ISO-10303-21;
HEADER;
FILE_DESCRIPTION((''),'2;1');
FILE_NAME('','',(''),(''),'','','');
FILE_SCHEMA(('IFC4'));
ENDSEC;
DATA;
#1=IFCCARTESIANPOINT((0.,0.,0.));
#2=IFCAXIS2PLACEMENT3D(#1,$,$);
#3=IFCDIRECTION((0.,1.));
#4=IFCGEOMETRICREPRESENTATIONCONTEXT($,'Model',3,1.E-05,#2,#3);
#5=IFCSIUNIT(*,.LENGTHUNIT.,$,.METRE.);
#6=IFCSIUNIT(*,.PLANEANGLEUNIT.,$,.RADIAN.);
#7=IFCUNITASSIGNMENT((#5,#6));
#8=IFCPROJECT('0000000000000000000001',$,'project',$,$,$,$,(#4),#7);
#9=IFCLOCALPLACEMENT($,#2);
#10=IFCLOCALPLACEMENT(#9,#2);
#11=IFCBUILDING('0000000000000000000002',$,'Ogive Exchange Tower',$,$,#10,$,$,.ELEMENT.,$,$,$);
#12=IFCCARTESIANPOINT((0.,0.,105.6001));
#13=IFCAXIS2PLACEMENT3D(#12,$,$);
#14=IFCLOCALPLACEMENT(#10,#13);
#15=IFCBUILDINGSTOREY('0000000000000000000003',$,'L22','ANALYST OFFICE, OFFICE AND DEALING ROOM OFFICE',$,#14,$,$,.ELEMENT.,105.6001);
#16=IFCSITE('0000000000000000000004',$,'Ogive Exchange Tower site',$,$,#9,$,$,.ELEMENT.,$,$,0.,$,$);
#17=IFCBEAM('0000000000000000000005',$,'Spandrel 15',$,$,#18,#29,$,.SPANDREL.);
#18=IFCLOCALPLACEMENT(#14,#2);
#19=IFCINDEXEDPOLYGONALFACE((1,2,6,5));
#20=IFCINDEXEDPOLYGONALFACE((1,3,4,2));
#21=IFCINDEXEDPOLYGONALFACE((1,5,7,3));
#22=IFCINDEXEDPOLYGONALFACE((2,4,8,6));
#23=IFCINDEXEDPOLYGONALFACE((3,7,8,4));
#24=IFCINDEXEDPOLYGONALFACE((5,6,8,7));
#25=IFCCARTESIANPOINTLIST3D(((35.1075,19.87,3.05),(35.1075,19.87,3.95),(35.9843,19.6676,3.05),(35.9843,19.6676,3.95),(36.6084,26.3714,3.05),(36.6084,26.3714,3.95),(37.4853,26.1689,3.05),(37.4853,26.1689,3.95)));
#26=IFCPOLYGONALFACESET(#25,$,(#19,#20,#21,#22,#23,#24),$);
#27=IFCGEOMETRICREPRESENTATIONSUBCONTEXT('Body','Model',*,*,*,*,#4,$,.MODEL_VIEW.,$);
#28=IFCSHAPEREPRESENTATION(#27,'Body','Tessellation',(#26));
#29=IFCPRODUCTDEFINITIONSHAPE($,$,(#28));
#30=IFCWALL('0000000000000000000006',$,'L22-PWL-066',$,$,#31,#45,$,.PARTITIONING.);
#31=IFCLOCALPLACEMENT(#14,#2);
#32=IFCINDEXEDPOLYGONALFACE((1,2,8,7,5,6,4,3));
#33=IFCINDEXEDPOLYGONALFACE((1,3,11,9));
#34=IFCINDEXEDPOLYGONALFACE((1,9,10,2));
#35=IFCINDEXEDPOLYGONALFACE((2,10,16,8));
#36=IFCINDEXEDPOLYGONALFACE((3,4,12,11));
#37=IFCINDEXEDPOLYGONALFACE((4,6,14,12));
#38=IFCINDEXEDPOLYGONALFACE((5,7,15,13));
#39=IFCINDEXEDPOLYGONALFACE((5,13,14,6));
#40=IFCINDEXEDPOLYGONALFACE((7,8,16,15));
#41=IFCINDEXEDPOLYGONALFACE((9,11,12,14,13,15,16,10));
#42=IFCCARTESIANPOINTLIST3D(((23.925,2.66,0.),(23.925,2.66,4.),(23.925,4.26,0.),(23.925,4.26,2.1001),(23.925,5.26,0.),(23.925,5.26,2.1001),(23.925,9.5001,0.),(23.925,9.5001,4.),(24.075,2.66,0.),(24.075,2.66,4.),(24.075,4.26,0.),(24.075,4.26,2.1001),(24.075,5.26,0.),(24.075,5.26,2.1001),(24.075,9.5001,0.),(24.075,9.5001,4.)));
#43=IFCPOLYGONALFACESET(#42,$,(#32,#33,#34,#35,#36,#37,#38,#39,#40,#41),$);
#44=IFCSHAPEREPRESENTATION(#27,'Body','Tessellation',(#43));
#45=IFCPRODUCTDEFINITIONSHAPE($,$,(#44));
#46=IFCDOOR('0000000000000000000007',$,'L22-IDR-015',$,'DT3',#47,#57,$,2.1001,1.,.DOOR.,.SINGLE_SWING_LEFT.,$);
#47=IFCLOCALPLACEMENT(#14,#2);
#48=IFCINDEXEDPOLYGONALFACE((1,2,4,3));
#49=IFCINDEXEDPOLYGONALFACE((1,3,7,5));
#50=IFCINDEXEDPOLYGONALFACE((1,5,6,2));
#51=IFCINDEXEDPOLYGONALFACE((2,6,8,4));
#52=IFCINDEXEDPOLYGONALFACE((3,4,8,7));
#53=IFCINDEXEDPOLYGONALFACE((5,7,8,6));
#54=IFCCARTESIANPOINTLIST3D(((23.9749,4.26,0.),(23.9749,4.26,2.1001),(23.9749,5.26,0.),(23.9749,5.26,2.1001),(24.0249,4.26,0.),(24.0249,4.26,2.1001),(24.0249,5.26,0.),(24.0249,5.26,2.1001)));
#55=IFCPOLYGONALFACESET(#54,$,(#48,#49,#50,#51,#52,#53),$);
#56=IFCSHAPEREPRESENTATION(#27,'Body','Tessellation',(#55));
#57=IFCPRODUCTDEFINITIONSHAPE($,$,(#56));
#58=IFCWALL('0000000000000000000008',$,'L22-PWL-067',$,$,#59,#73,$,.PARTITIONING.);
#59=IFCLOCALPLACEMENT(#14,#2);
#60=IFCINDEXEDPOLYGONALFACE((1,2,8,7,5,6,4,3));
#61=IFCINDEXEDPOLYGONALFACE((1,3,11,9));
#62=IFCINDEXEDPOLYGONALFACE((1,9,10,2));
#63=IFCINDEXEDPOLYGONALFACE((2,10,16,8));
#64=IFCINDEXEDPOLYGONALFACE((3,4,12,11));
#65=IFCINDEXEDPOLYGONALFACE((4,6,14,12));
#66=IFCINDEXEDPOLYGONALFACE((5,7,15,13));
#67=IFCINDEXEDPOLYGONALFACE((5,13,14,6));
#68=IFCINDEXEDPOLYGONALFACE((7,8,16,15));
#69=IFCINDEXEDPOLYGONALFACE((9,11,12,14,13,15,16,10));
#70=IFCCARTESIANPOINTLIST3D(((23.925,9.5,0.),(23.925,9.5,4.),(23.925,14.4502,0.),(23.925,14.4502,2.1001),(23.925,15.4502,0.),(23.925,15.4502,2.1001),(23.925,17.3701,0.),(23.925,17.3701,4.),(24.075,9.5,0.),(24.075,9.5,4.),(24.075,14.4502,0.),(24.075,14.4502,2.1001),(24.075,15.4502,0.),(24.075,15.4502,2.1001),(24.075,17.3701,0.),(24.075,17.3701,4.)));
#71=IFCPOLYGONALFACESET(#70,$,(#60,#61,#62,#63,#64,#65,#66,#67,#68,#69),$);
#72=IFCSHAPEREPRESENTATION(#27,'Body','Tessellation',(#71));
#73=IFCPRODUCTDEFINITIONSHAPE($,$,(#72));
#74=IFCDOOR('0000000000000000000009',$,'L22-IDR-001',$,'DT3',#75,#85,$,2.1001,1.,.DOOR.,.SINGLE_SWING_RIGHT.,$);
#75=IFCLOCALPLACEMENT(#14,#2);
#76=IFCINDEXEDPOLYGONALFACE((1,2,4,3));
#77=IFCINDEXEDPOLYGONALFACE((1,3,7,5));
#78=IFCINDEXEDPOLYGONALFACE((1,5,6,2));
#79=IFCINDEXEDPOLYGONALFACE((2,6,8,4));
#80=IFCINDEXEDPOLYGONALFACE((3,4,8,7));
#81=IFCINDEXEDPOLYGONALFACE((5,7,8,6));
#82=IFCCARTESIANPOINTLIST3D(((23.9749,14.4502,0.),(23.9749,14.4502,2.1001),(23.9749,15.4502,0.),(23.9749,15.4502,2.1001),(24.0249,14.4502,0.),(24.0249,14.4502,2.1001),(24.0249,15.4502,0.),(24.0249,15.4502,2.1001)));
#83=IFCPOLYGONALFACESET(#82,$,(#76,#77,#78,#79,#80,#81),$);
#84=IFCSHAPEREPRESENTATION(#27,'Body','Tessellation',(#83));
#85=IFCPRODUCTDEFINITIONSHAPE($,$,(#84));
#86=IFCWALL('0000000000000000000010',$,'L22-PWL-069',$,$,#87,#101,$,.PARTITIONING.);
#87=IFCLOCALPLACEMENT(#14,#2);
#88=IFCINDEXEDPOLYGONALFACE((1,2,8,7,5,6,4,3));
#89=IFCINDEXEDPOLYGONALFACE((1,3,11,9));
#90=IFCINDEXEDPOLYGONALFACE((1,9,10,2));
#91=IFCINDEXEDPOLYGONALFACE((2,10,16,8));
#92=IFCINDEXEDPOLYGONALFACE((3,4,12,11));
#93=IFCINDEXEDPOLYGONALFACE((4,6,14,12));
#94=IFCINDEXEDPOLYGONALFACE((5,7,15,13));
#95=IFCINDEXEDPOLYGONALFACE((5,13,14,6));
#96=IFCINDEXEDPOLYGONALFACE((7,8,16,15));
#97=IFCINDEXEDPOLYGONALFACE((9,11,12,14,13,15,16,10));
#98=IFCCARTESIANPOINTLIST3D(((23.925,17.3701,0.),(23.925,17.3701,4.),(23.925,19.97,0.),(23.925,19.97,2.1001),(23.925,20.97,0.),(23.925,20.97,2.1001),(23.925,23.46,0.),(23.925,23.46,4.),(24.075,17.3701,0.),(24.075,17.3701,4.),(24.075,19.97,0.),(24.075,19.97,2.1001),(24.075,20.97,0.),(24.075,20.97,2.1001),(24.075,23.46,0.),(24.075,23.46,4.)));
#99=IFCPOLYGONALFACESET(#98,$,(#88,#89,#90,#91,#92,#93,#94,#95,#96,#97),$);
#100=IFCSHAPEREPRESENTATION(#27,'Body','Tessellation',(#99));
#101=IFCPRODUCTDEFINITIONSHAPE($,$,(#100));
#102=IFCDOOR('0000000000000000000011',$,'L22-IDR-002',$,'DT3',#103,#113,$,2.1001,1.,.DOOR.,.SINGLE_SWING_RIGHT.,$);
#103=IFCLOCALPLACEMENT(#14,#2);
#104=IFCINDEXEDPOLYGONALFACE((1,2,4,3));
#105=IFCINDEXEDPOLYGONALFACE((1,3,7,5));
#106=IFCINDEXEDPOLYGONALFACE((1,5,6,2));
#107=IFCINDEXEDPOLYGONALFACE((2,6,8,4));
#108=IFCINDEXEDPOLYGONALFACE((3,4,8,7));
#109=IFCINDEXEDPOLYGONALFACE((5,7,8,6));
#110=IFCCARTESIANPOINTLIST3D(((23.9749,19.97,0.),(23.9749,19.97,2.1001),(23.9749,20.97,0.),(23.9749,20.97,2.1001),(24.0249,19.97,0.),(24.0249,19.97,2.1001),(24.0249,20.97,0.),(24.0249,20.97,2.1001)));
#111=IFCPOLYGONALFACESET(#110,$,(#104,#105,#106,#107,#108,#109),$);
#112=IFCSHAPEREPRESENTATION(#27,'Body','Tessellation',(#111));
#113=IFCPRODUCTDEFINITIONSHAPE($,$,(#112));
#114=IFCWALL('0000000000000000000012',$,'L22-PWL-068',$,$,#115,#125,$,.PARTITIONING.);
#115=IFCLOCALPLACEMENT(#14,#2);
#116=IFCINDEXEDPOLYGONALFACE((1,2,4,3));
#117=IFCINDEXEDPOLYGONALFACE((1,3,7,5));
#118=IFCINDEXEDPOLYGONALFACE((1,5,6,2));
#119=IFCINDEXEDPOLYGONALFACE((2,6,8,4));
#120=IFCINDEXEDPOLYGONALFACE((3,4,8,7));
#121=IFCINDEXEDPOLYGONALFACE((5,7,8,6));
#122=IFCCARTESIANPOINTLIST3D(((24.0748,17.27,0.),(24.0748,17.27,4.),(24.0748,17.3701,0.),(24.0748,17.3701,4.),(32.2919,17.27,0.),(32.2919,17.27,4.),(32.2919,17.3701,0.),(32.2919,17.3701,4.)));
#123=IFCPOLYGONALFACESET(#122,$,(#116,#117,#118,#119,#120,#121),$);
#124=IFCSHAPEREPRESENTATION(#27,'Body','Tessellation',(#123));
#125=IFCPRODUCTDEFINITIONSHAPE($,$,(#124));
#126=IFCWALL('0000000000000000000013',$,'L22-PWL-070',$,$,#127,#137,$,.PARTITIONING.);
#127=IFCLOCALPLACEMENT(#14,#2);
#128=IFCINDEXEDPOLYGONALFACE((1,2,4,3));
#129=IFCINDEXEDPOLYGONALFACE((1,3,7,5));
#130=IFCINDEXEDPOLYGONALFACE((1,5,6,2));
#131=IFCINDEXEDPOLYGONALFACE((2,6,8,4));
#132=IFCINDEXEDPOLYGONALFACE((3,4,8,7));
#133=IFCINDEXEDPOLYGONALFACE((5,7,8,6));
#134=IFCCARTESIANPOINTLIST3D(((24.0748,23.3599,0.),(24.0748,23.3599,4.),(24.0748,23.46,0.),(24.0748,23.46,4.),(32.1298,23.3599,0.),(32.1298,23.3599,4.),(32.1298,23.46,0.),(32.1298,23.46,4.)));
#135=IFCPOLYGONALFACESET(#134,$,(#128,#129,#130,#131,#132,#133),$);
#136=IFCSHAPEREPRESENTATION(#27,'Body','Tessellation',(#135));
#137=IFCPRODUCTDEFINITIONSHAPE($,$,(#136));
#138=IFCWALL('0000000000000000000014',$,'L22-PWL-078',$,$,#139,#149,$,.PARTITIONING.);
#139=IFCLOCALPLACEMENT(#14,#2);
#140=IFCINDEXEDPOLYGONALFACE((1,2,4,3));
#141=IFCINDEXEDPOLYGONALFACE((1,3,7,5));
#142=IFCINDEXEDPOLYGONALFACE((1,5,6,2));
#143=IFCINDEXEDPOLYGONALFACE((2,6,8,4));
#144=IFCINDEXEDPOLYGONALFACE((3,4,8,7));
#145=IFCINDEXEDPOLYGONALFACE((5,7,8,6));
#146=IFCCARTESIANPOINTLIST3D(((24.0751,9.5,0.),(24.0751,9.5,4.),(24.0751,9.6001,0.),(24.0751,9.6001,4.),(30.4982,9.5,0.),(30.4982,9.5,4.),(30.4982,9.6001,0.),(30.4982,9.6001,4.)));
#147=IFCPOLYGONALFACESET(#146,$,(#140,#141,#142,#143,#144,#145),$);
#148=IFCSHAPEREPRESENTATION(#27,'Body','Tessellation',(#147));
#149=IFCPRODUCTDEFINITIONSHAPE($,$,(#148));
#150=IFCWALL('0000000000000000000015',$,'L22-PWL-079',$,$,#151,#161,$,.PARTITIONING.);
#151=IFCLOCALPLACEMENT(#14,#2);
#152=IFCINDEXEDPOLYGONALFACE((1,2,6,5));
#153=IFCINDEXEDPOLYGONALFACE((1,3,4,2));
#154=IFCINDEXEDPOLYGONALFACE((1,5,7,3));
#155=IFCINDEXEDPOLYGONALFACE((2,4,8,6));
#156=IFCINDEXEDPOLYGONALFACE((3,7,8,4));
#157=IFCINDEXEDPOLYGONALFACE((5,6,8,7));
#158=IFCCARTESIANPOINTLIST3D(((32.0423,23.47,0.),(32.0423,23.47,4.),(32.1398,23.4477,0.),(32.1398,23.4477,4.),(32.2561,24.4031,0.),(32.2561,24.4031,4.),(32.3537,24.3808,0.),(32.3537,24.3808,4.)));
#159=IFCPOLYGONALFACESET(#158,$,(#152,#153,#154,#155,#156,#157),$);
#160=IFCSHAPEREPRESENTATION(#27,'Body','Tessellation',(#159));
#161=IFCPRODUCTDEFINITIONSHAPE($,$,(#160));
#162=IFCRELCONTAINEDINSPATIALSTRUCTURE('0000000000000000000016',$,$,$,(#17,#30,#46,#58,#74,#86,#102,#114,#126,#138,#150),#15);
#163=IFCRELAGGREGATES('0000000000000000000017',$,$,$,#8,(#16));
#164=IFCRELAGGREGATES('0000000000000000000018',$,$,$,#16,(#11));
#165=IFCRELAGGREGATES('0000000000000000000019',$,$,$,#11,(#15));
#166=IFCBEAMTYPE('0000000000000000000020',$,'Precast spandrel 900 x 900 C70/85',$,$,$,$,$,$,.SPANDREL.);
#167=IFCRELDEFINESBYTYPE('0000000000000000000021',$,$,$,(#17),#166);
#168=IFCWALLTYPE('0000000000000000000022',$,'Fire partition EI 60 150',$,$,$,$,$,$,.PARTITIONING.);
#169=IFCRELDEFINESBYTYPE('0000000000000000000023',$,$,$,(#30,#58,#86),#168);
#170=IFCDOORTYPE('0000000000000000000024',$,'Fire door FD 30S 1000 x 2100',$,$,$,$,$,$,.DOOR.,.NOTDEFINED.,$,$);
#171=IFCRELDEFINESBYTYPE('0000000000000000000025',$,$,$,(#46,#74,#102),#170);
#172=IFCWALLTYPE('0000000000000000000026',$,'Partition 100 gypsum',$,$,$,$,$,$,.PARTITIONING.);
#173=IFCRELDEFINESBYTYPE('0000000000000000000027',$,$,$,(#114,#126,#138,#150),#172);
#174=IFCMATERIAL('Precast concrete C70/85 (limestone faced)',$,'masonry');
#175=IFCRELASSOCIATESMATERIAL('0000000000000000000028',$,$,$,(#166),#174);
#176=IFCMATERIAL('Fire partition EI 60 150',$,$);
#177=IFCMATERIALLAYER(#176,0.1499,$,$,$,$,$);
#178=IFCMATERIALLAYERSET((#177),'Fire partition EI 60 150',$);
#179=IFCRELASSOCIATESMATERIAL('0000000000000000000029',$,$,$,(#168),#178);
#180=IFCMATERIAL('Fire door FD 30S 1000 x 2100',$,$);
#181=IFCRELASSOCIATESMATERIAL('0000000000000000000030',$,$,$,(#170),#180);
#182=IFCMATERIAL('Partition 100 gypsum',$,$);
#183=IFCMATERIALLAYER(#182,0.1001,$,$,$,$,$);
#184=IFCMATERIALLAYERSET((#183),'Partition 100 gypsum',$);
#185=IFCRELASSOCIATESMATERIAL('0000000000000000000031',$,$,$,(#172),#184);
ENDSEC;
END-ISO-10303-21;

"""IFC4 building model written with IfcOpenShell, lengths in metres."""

from ifc_helpers import new_model, si_unit, direction, frame, frame_2d, origin, origin_2d, place, context, subcontext, project, spatial, rectangle, extrude, material, layer, layer_set, material_profile, profile_set, type_object, element, fill, save


model = new_model("IFC4")

# Units and contexts
model_context = context("Model", 3, precision=1e-05, world=origin(), true_north=direction((0.0, 1.0)))
body_context = subcontext(model_context, "Body", "Model", "MODEL_VIEW")
ifc_project = project(units=[si_unit("LENGTHUNIT", "METRE"), si_unit("PLANEANGLEUNIT", "RADIAN")], contexts=[model_context])

# Site, building, storey
site_placement = place(None, origin())
site = spatial("IfcSite", under=ifc_project, at=site_placement, Name="Ogive Exchange Tower site", CompositionType="ELEMENT", RefElevation=0.0)
building_placement = place(site_placement, origin())
building = spatial("IfcBuilding", under=site, at=building_placement, Name="Ogive Exchange Tower", CompositionType="ELEMENT")
storey_placement = place(building_placement, frame((0.0, 0.0, 105.6001)))
storey = spatial("IfcBuildingStorey", under=building, at=storey_placement, Name="L22", Description="ANALYST OFFICE, OFFICE AND DEALING ROOM OFFICE", CompositionType="ELEMENT", Elevation=105.6001)

# Shared definitions
ifc_material_1 = material(Name="Precast concrete C70/85 (limestone faced)", Category="masonry")

# Beam
ifc_material_profile_1 = material_profile(ifc_material_1, rectangle(XDim=0.8999, YDim=0.8999, at=origin_2d()), Name="900 x 900")
ifc_profile_set_1 = profile_set([ifc_material_profile_1], Name="Precast concrete C70/85 (limestone faced)")
beam_type_1 = type_object("IfcBeamType", Name="Precast spandrel 900 x 900 C70/85", PredefinedType="SPANDREL", material=ifc_profile_set_1)
for number, where, z_axis, x_axis, name in (
    (1, (35.5459, 19.7688, 3.5), (0.22495, 0.97437, 0.0), (-0.97437, 0.22495, 0.0), "Spandrel 15"),
):
    element("IfcBeam", number, at=place(storey_placement, frame(where, z_axis=z_axis, x_axis=x_axis)), inside=storey, type_object=beam_type_1, Name=name, PredefinedType="SPANDREL", context=body_context, shape_type="SweptSolid", body=[
        extrude(rectangle(XDim=0.8999, YDim=0.8999, at=origin_2d()), origin(), (0.0, 0.0, 1.0), 6.6724),
    ])

# Walls, openings, doors
ifc_material_2 = material(Name="Fire partition EI 60 150")
ifc_layer_1 = layer(ifc_material_2, 0.1499)
ifc_layer_set_1 = layer_set([ifc_layer_1], Name="Fire partition EI 60 150")
wall_type_1 = type_object("IfcWallType", Name="Fire partition EI 60 150", PredefinedType="PARTITIONING", material=ifc_layer_set_1)
wall_1_placement = place(storey_placement, frame((24.0, 9.5, 0.0), z_axis=(0.0, 0.0, 1.0), x_axis=(0.0, -1.0, 0.0)))
wall_1 = element("IfcWall", 2, at=wall_1_placement, inside=storey, type_object=wall_type_1, Name="L22-PWL-066", PredefinedType="PARTITIONING", context=body_context, shape_type="SweptSolid", body=[
    extrude(rectangle(XDim=6.8401, YDim=0.1499, at=frame_2d((3.4199, 0.0))), origin(), (0.0, 0.0, 1.0), 4.0),
])
opening_1_placement = place(wall_1_placement, frame((4.24, 0.0, 0.0)))
opening_1 = element("IfcOpeningElement", 3, at=opening_1_placement, cuts=wall_1, PredefinedType="OPENING", context=body_context, shape_type="SweptSolid", body=[
    extrude(rectangle(XDim=1.0, YDim=2.1001, at=frame_2d((0.5, 1.05))), frame((0.0, 0.085, 0.0), z_axis=(0.0, -1.0, 0.0), x_axis=(1.0, 0.0, 0.0)), (0.0, 0.0, 1.0), 0.1699),
])
ifc_material_3 = material(Name="Fire door FD 30S 1000 x 2100")
door_type = type_object("IfcDoorType", Name="Fire door FD 30S 1000 x 2100", OperationType="NOTDEFINED", PredefinedType="DOOR", material=ifc_material_3)
door_1_placement = place(opening_1_placement, origin())
door_1 = element("IfcDoor", 4, at=door_1_placement, inside=storey, type_object=door_type, Name="L22-IDR-015", ObjectType="DT3", OperationType="SINGLE_SWING_LEFT", OverallHeight=2.1001, OverallWidth=1.0, PredefinedType="DOOR", context=body_context, shape_type="SweptSolid", body=[
    extrude(rectangle(XDim=1.0, YDim=2.1001, at=frame_2d((0.5, 1.05))), frame((0.0, 0.0249, 0.0), z_axis=(0.0, -1.0, 0.0), x_axis=(1.0, 0.0, 0.0)), (0.0, 0.0, 1.0), 0.05),
])
fill(opening_1, door_1)
wall_2_placement = place(storey_placement, frame((24.0, 17.3701, 0.0), z_axis=(0.0, 0.0, 1.0), x_axis=(0.0, -1.0, 0.0)))
wall_2 = element("IfcWall", 5, at=wall_2_placement, inside=storey, type_object=wall_type_1, Name="L22-PWL-067", PredefinedType="PARTITIONING", context=body_context, shape_type="SweptSolid", body=[
    extrude(rectangle(XDim=7.8701, YDim=0.1499, at=frame_2d((3.9351, 0.0))), origin(), (0.0, 0.0, 1.0), 4.0),
])
opening_2_placement = place(wall_2_placement, frame((1.9199, 0.0, 0.0)))
opening_2 = element("IfcOpeningElement", 6, at=opening_2_placement, cuts=wall_2, PredefinedType="OPENING", context=body_context, shape_type="SweptSolid", body=[
    extrude(rectangle(XDim=1.0, YDim=2.1001, at=frame_2d((0.5, 1.05))), frame((0.0, 0.085, 0.0), z_axis=(0.0, -1.0, 0.0), x_axis=(1.0, 0.0, 0.0)), (0.0, 0.0, 1.0), 0.1699),
])
door_2_placement = place(opening_2_placement, origin())
door_2 = element("IfcDoor", 7, at=door_2_placement, inside=storey, type_object=door_type, Name="L22-IDR-001", ObjectType="DT3", OperationType="SINGLE_SWING_RIGHT", OverallHeight=2.1001, OverallWidth=1.0, PredefinedType="DOOR", context=body_context, shape_type="SweptSolid", body=[
    extrude(rectangle(XDim=1.0, YDim=2.1001, at=frame_2d((0.5, 1.05))), frame((0.0, 0.0249, 0.0), z_axis=(0.0, -1.0, 0.0), x_axis=(1.0, 0.0, 0.0)), (0.0, 0.0, 1.0), 0.05),
])
fill(opening_2, door_2)
wall_3_placement = place(storey_placement, frame((24.0, 23.46, 0.0), z_axis=(0.0, 0.0, 1.0), x_axis=(0.0, -1.0, 0.0)))
wall_3 = element("IfcWall", 8, at=wall_3_placement, inside=storey, type_object=wall_type_1, Name="L22-PWL-069", PredefinedType="PARTITIONING", context=body_context, shape_type="SweptSolid", body=[
    extrude(rectangle(XDim=6.0898, YDim=0.1499, at=frame_2d((3.0449, 0.0))), origin(), (0.0, 0.0, 1.0), 4.0),
])
opening_3_placement = place(wall_3_placement, frame((2.49, 0.0, 0.0)))
opening_3 = element("IfcOpeningElement", 9, at=opening_3_placement, cuts=wall_3, PredefinedType="OPENING", context=body_context, shape_type="SweptSolid", body=[
    extrude(rectangle(XDim=1.0, YDim=2.1001, at=frame_2d((0.5, 1.05))), frame((0.0, 0.085, 0.0), z_axis=(0.0, -1.0, 0.0), x_axis=(1.0, 0.0, 0.0)), (0.0, 0.0, 1.0), 0.1699),
])
door_3_placement = place(opening_3_placement, origin())
door_3 = element("IfcDoor", 10, at=door_3_placement, inside=storey, type_object=door_type, Name="L22-IDR-002", ObjectType="DT3", OperationType="SINGLE_SWING_RIGHT", OverallHeight=2.1001, OverallWidth=1.0, PredefinedType="DOOR", context=body_context, shape_type="SweptSolid", body=[
    extrude(rectangle(XDim=1.0, YDim=2.1001, at=frame_2d((0.5, 1.05))), frame((0.0, 0.0249, 0.0), z_axis=(0.0, -1.0, 0.0), x_axis=(1.0, 0.0, 0.0)), (0.0, 0.0, 1.0), 0.05),
])
fill(opening_3, door_3)

# Walls
ifc_material_4 = material(Name="Partition 100 gypsum")
ifc_layer_2 = layer(ifc_material_4, 0.1001)
ifc_layer_set_2 = layer_set([ifc_layer_2], Name="Partition 100 gypsum")
wall_type_2 = type_object("IfcWallType", Name="Partition 100 gypsum", PredefinedType="PARTITIONING", material=ifc_layer_set_2)
wall_4_placement = place(storey_placement, frame((24.075, 17.3201, 0.0), z_axis=(0.0, 0.0, 1.0), x_axis=(1.0, 0.0, 0.0)))
element("IfcWall", 11, at=wall_4_placement, inside=storey, type_object=wall_type_2, Name="L22-PWL-068", PredefinedType="PARTITIONING", context=body_context, shape_type="SweptSolid", body=[
    extrude(rectangle(XDim=8.217, YDim=0.1001, at=frame_2d((4.1084, 0.0))), origin(), (0.0, 0.0, 1.0), 4.0),
])
wall_5_placement = place(storey_placement, frame((24.075, 23.4099, 0.0), z_axis=(0.0, 0.0, 1.0), x_axis=(1.0, 0.0, 0.0)))
element("IfcWall", 12, at=wall_5_placement, inside=storey, type_object=wall_type_2, Name="L22-PWL-070", PredefinedType="PARTITIONING", context=body_context, shape_type="SweptSolid", body=[
    extrude(rectangle(XDim=8.0549, YDim=0.1001, at=frame_2d((4.0273, 0.0))), origin(), (0.0, 0.0, 1.0), 4.0),
])
wall_6_placement = place(storey_placement, frame((30.498, 9.55, 0.0), z_axis=(0.0, 0.0, 1.0), x_axis=(-1.0, 0.0, 0.0)))
element("IfcWall", 13, at=wall_6_placement, inside=storey, type_object=wall_type_2, Name="L22-PWL-078", PredefinedType="PARTITIONING", context=body_context, shape_type="SweptSolid", body=[
    extrude(rectangle(XDim=6.4231, YDim=0.1001, at=frame_2d((3.2114, 0.0))), origin(), (0.0, 0.0, 1.0), 4.0),
])
wall_7_placement = place(storey_placement, frame((32.0911, 23.459, 0.0), z_axis=(0.0, 0.0, 1.0), x_axis=(0.223406, 0.974725, 0.0)))
element("IfcWall", 14, at=wall_7_placement, inside=storey, type_object=wall_type_2, Name="L22-PWL-079", PredefinedType="PARTITIONING", context=body_context, shape_type="SweptSolid", body=[
    extrude(rectangle(XDim=0.9573, YDim=0.1001, at=frame_2d((0.4785, 0.0))), origin(), (0.0, 0.0, 1.0), 4.0),
])

save(model, "model.ifc")
